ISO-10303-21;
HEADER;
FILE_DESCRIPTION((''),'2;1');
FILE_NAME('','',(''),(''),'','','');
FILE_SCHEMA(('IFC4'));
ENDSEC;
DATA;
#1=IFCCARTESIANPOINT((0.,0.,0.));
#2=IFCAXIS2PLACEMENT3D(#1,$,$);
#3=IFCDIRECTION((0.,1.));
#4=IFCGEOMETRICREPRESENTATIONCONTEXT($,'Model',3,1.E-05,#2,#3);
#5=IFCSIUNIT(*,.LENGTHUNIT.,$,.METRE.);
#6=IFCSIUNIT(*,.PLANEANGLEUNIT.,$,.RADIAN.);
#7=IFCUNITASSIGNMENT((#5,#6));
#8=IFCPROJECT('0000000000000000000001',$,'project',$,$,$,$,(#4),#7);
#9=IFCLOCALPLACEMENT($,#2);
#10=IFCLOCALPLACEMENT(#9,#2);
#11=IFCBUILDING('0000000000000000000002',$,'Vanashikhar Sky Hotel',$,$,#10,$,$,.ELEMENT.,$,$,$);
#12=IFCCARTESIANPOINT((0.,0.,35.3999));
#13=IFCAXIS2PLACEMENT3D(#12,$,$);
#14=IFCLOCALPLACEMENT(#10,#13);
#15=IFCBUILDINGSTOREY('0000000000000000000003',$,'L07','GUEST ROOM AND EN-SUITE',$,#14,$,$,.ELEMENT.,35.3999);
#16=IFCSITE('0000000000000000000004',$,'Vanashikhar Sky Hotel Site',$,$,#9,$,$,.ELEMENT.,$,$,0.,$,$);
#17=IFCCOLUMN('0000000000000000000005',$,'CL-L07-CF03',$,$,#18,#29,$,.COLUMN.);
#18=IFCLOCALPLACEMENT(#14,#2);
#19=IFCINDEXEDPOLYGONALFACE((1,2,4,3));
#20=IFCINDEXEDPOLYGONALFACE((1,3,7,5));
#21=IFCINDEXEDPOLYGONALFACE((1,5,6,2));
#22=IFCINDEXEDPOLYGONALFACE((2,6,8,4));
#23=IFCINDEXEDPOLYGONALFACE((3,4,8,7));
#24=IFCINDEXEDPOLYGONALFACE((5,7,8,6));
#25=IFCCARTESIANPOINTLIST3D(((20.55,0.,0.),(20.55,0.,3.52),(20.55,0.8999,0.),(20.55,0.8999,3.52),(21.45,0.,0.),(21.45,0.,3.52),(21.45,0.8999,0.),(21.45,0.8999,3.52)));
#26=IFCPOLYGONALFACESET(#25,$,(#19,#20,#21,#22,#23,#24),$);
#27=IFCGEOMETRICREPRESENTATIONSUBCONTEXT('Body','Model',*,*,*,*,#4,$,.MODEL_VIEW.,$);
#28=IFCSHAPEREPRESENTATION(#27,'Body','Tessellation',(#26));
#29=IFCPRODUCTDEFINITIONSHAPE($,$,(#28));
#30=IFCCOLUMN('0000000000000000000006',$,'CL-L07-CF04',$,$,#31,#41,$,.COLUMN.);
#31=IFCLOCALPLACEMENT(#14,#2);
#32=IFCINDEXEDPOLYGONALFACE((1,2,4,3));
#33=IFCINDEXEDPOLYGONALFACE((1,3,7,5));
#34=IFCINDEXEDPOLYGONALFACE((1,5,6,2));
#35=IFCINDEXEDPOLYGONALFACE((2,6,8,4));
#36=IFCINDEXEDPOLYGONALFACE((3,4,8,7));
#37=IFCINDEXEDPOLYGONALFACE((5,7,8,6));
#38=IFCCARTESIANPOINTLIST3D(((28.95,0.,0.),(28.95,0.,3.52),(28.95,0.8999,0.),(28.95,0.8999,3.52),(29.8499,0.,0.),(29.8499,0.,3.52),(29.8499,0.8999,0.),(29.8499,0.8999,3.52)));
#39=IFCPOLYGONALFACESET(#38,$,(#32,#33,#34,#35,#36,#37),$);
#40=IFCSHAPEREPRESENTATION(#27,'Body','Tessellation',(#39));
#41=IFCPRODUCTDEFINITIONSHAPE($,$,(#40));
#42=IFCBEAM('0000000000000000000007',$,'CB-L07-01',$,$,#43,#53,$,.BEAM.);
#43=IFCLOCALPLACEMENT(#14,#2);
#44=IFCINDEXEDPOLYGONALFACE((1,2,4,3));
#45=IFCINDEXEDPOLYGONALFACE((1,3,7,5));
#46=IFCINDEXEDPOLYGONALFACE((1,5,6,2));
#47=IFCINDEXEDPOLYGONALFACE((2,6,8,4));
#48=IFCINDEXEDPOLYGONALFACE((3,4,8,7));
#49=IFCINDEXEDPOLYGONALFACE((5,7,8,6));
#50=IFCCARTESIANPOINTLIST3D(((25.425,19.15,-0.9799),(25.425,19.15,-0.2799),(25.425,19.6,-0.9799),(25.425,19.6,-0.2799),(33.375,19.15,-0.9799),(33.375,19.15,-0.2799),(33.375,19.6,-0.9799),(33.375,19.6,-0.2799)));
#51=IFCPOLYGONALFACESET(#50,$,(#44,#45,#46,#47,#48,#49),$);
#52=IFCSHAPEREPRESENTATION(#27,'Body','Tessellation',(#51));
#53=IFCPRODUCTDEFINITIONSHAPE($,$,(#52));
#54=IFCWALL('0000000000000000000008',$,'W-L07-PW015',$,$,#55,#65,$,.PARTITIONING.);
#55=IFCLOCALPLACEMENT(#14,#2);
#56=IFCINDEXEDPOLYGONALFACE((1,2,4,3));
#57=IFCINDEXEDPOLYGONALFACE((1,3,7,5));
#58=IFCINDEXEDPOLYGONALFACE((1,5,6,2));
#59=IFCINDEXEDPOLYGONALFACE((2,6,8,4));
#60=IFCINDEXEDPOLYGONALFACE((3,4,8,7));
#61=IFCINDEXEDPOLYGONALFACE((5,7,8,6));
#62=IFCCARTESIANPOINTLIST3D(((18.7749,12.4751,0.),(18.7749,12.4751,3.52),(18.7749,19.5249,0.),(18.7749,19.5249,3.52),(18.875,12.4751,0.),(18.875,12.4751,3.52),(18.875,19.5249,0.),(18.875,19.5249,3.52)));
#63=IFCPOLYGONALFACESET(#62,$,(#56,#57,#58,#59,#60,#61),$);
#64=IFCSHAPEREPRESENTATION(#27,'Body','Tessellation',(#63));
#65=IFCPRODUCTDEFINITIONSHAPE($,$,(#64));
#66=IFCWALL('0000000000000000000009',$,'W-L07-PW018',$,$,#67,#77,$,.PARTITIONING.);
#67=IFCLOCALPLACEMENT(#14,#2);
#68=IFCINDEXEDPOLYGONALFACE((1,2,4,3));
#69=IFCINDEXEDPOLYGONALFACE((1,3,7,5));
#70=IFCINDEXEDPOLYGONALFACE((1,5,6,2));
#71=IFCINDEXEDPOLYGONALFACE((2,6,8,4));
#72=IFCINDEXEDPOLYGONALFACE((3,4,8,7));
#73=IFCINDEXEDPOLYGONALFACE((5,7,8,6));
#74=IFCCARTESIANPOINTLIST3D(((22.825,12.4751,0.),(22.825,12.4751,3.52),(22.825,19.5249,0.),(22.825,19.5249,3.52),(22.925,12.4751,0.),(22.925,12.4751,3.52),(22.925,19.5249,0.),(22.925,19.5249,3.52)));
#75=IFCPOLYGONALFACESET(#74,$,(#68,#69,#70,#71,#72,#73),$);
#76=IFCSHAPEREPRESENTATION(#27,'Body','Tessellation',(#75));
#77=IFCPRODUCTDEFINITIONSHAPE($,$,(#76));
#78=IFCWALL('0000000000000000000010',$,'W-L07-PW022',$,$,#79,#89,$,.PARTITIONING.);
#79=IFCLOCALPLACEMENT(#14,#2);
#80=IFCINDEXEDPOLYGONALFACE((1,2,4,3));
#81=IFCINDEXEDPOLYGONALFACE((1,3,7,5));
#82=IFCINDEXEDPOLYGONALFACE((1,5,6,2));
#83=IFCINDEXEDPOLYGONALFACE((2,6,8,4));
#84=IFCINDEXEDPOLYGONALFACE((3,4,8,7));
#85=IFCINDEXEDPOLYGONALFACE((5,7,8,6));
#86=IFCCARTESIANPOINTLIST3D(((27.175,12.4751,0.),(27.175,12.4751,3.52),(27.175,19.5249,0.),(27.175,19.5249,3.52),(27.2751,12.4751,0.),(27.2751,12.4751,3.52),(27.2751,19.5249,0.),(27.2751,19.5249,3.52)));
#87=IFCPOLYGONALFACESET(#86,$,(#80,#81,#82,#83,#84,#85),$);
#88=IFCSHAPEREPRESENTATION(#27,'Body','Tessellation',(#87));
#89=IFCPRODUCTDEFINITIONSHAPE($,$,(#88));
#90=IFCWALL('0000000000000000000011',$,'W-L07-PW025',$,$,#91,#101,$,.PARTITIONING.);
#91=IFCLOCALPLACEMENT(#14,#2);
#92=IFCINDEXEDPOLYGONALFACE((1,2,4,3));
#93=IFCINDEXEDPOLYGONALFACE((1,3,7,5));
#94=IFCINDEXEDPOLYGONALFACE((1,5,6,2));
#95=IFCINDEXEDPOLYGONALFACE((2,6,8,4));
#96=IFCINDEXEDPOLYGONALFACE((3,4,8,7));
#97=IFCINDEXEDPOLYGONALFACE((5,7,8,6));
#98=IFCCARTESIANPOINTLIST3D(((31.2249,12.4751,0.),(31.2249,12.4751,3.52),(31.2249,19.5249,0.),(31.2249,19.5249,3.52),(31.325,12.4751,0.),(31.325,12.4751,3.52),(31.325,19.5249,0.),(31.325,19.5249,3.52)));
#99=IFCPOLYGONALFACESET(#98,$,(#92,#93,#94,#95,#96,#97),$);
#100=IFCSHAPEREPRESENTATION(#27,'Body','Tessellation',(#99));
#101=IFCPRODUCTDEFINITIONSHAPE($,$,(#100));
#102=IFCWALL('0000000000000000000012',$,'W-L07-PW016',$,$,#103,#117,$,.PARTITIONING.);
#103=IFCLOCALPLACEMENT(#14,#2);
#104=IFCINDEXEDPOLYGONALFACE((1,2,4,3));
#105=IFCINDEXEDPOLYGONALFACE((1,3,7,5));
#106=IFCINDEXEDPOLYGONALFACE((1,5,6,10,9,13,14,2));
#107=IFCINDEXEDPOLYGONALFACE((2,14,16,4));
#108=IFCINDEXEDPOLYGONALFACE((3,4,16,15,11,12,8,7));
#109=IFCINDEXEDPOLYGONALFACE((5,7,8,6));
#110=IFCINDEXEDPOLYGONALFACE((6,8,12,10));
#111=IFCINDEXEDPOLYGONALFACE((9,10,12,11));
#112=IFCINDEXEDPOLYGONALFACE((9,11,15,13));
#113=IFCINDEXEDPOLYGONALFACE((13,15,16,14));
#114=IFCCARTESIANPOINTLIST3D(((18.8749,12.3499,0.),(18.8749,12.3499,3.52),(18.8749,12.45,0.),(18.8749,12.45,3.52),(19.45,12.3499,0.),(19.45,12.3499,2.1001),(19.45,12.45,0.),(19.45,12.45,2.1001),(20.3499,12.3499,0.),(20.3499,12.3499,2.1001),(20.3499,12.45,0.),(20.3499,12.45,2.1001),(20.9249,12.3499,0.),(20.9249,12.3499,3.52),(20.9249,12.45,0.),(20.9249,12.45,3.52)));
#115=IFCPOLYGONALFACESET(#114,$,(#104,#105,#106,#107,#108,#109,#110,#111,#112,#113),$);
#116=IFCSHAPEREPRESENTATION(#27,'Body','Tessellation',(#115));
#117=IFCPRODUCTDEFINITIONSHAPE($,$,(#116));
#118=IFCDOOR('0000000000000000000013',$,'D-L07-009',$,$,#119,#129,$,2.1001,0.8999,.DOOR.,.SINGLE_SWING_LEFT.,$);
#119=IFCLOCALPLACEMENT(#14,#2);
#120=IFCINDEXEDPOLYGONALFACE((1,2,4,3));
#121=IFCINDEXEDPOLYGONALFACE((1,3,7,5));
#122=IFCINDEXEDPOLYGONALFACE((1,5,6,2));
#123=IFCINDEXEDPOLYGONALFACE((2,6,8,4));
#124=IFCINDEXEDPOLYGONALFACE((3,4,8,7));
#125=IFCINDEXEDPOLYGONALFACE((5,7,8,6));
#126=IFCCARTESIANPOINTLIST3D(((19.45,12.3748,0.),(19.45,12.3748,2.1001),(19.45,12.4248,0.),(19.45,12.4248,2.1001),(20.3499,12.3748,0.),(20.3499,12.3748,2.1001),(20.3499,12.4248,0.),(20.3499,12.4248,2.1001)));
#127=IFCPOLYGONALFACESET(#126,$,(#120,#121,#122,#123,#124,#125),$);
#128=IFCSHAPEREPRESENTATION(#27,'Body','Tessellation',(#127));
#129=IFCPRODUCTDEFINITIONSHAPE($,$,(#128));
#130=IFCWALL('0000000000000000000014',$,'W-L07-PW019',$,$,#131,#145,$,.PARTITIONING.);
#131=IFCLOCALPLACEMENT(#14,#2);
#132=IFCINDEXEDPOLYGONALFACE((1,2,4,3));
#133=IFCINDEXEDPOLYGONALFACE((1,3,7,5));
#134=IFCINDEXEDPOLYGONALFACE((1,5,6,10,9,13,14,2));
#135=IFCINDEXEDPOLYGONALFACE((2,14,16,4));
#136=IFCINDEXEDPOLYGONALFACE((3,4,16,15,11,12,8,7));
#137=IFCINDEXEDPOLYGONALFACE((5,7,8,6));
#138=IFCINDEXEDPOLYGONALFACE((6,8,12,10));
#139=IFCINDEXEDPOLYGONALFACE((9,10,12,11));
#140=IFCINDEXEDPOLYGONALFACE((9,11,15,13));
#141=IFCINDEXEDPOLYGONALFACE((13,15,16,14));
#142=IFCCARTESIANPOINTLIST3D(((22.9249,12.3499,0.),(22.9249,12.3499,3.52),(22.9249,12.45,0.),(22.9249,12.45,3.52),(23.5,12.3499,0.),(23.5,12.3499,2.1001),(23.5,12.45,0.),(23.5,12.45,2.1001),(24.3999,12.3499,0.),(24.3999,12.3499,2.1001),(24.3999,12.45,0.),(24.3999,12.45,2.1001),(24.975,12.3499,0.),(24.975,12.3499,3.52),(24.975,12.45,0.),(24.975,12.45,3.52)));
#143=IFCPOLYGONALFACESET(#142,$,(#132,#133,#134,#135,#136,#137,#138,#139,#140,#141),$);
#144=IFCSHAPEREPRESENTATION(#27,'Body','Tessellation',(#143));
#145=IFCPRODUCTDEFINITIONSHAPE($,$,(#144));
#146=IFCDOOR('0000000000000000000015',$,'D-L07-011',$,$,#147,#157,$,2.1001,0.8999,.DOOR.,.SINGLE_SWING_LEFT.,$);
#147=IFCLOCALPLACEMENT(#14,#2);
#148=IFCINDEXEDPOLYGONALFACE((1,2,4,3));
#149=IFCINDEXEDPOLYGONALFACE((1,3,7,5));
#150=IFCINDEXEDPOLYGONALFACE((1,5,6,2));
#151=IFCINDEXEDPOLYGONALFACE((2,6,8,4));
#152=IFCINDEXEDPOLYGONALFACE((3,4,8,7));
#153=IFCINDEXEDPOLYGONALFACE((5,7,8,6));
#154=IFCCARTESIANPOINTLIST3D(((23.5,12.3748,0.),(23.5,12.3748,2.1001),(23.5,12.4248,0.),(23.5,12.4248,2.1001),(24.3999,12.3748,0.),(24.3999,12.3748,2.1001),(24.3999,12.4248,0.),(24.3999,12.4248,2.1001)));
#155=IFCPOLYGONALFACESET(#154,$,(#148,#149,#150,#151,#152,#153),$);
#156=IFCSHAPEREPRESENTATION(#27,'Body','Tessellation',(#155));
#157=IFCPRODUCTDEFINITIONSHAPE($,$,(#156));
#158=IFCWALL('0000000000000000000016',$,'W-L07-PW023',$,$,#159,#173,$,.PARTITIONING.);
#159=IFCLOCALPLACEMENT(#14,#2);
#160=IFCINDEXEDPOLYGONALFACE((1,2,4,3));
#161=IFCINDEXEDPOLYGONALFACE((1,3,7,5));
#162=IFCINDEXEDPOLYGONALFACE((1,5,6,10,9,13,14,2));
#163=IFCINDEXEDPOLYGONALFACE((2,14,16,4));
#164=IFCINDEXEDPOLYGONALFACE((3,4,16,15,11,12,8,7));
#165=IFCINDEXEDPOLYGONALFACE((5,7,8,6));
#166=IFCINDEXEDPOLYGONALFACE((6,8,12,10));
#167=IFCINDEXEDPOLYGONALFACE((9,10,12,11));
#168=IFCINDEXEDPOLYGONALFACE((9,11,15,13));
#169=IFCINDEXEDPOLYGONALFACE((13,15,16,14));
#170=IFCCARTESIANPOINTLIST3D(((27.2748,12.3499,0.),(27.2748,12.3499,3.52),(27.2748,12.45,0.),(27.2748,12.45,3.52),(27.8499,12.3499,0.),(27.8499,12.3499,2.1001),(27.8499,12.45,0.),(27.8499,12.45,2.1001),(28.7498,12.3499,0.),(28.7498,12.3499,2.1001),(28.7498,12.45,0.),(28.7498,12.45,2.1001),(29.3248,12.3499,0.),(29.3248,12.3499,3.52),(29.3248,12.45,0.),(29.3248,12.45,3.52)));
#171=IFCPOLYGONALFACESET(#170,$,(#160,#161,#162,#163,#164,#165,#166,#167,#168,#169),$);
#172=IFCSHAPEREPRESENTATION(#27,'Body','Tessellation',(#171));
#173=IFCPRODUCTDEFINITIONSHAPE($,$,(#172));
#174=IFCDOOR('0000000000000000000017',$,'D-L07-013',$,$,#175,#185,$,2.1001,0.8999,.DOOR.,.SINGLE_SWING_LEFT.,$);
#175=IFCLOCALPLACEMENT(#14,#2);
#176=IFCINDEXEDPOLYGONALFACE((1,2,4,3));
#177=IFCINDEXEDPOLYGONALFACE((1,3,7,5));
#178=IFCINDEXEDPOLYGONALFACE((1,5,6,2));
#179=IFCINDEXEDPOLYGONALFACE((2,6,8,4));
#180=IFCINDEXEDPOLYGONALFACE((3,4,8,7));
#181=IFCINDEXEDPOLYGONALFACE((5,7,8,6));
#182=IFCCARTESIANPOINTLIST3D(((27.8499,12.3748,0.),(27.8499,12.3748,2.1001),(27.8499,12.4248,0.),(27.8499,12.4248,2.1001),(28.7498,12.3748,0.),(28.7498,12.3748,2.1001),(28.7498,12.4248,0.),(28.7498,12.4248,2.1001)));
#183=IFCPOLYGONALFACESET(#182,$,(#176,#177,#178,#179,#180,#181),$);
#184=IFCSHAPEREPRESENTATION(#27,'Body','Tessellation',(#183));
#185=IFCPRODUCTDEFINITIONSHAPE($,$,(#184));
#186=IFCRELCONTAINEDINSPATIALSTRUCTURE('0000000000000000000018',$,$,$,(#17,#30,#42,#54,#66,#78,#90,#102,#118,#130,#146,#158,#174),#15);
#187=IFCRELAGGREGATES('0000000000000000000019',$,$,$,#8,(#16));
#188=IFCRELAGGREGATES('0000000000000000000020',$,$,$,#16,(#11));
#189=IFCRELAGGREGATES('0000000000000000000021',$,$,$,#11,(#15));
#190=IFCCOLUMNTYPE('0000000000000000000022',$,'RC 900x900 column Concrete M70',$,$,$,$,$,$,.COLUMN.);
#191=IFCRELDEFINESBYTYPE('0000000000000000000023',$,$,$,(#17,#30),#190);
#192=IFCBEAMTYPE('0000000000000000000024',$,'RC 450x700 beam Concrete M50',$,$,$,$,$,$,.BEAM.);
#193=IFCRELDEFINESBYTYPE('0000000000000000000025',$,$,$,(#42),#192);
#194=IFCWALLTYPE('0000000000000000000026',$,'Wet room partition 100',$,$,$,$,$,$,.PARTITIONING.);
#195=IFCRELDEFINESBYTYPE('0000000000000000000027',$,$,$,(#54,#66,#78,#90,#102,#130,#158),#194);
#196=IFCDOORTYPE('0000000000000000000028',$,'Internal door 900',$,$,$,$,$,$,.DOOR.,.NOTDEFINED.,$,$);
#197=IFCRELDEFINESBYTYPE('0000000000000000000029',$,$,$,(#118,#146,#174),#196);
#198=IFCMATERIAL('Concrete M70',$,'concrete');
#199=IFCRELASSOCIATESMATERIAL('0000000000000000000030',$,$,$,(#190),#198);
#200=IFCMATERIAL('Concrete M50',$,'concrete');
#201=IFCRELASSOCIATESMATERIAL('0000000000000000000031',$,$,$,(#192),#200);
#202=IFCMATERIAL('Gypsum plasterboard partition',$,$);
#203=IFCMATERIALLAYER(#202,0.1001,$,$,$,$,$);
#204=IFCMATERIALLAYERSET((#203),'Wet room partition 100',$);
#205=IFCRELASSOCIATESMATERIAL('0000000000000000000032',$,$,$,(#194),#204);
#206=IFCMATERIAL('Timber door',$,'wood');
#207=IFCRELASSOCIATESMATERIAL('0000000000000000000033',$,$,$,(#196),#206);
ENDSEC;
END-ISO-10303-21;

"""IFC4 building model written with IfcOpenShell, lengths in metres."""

from ifc_helpers import new_model, si_unit, direction, frame, frame_2d, origin, origin_2d, place, context, subcontext, project, spatial, rectangle, extrude, source, transform, mapped, material, layer, layer_set, material_profile, profile_set, type_object, element, fill, save


model = new_model("IFC4")

# Units and contexts
model_context = context("Model", 3, precision=1e-05, world=origin(), true_north=direction((0.0, 1.0)))
body_context = subcontext(model_context, "Body", "Model", "MODEL_VIEW")
ifc_project = project(units=[si_unit("LENGTHUNIT", "METRE"), si_unit("PLANEANGLEUNIT", "RADIAN")], contexts=[model_context])

# Site, building, storey
site_placement = place(None, origin())
site = spatial("IfcSite", under=ifc_project, at=site_placement, Name="Vanashikhar Sky Hotel Site", CompositionType="ELEMENT", RefElevation=0.0)
building_placement = place(site_placement, origin())
building = spatial("IfcBuilding", under=site, at=building_placement, Name="Vanashikhar Sky Hotel", CompositionType="ELEMENT")
storey_placement = place(building_placement, frame((0.0, 0.0, 35.3999)))
storey = spatial("IfcBuildingStorey", under=building, at=storey_placement, Name="L07", Description="GUEST ROOM AND EN-SUITE", CompositionType="ELEMENT", Elevation=35.3999)

# Columns
ifc_material_1 = material(Name="Concrete M70", Category="concrete")
ifc_material_profile_1 = material_profile(ifc_material_1, rectangle(XDim=0.8999, YDim=0.8999, at=origin_2d()))
ifc_profile_set_1 = profile_set([ifc_material_profile_1], Name="RC 900x900 column Concrete M70")
column_type = type_object("IfcColumnType", Name="RC 900x900 column Concrete M70", PredefinedType="COLUMN", material=ifc_profile_set_1)
shared_shape_1 = source(origin(), body_context, "Body", "SweptSolid", [
    extrude(rectangle(XDim=0.8999, YDim=0.8999, at=origin_2d()), origin(), (0.0, 0.0, 1.0), 3.52),
])
for number, where, z_axis, x_axis, name in (
    (1, (21.0, 0.45, 0.0), (0.0, 0.0, 1.0), (1.0, 0.0, 0.0), "CL-L07-CF03"),
    (2, (29.3999, 0.45, 0.0), (0.0, 0.0, 1.0), (1.0, 0.0, 0.0), "CL-L07-CF04"),
):
    element("IfcColumn", number, at=place(storey_placement, frame(where, z_axis=z_axis, x_axis=x_axis)), inside=storey, type_object=column_type, Name=name, PredefinedType="COLUMN", context=body_context, shape_type="MappedRepresentation", body=[
        mapped(shared_shape_1, transform((0.0, 0.0, 0.0), scale=1.0)),
    ])

# Beam
ifc_material_2 = material(Name="Concrete M50", Category="concrete")
ifc_material_profile_2 = material_profile(ifc_material_2, rectangle(XDim=0.45, YDim=0.7, at=origin_2d()))
ifc_profile_set_2 = profile_set([ifc_material_profile_2], Name="RC 450x700 beam Concrete M50")
beam_type = type_object("IfcBeamType", Name="RC 450x700 beam Concrete M50", PredefinedType="BEAM", material=ifc_profile_set_2)
shared_shape_2 = source(origin(), body_context, "Body", "SweptSolid", [
    extrude(rectangle(XDim=0.45, YDim=0.7, at=origin_2d()), origin(), (0.0, 0.0, 1.0), 7.95),
])
beam_placement = place(storey_placement, frame((25.425, 19.375, -0.6299), z_axis=(1.0, 0.0, 0.0), x_axis=(0.0, 1.0, 0.0)))
element("IfcBeam", 3, at=beam_placement, inside=storey, type_object=beam_type, Name="CB-L07-01", PredefinedType="BEAM", context=body_context, shape_type="MappedRepresentation", body=[
    mapped(shared_shape_2, transform((0.0, 0.0, 0.0), scale=1.0)),
])

# Walls
ifc_material_3 = material(Name="Gypsum plasterboard partition")
ifc_layer_1 = layer(ifc_material_3, 0.1001)
ifc_layer_set_1 = layer_set([ifc_layer_1], Name="Wet room partition 100")
wall_type_1 = type_object("IfcWallType", Name="Wet room partition 100", PredefinedType="PARTITIONING", material=ifc_layer_set_1)
shared_shape_3 = source(origin(), body_context, "Body", "SweptSolid", [
    extrude(rectangle(XDim=7.0498, YDim=0.1001, at=frame_2d((3.5249, 0.0))), origin(), (0.0, 0.0, 1.0), 3.52),
])
for number, where, z_axis, x_axis, name in (
    (4, (18.825, 12.4751, 0.0), (0.0, 0.0, 1.0), (0.0, 1.0, 0.0), "W-L07-PW015"),
    (5, (22.875, 12.4751, 0.0), (0.0, 0.0, 1.0), (0.0, 1.0, 0.0), "W-L07-PW018"),
    (6, (27.2251, 12.4751, 0.0), (0.0, 0.0, 1.0), (0.0, 1.0, 0.0), "W-L07-PW022"),
    (7, (31.2749, 12.4751, 0.0), (0.0, 0.0, 1.0), (0.0, 1.0, 0.0), "W-L07-PW025"),
):
    element("IfcWall", number, at=place(storey_placement, frame(where, z_axis=z_axis, x_axis=x_axis)), inside=storey, type_object=wall_type_1, Name=name, PredefinedType="PARTITIONING", context=body_context, shape_type="MappedRepresentation", body=[
        mapped(shared_shape_3, transform((0.0, 0.0, 0.0), scale=1.0)),
    ])

# Walls, openings, doors
shared_shape_4 = source(origin(), body_context, "Body", "SweptSolid", [
    extrude(rectangle(XDim=2.05, YDim=0.1001, at=frame_2d((1.0249, 0.0))), origin(), (0.0, 0.0, 1.0), 3.52),
])
wall_1_placement = place(storey_placement, frame((18.875, 12.3999, 0.0), z_axis=(0.0, 0.0, 1.0), x_axis=(1.0, 0.0, 0.0)))
wall_1 = element("IfcWall", 8, at=wall_1_placement, inside=storey, type_object=wall_type_1, Name="W-L07-PW016", PredefinedType="PARTITIONING", context=body_context, shape_type="MappedRepresentation", body=[
    mapped(shared_shape_4, transform((0.0, 0.0, 0.0), scale=1.0)),
])
shared_shape_5 = source(origin(), body_context, "Body", "SweptSolid", [
    extrude(rectangle(XDim=0.8999, YDim=2.1001, at=frame_2d((0.45, 1.05))), frame((0.0, 0.0601, 0.0), z_axis=(0.0, -1.0, 0.0), x_axis=(1.0, 0.0, 0.0)), (0.0, 0.0, 1.0), 0.1201),
])
opening_1_placement = place(wall_1_placement, frame((0.575, 0.0, 0.0)))
opening_1 = element("IfcOpeningElement", 9, at=opening_1_placement, cuts=wall_1, PredefinedType="OPENING", context=body_context, shape_type="MappedRepresentation", body=[
    mapped(shared_shape_5, transform((0.0, 0.0, 0.0), scale=1.0)),
])
ifc_material_4 = material(Name="Timber door", Category="wood")
door_type_1 = type_object("IfcDoorType", Name="Internal door 900", OperationType="NOTDEFINED", PredefinedType="DOOR", material=ifc_material_4)
shared_shape_6 = source(origin(), body_context, "Body", "SweptSolid", [
    extrude(rectangle(XDim=0.8999, YDim=2.1001, at=frame_2d((0.45, 1.05))), frame((0.0, 0.0249, 0.0), z_axis=(0.0, -1.0, 0.0), x_axis=(1.0, 0.0, 0.0)), (0.0, 0.0, 1.0), 0.05),
])
door_1_placement = place(opening_1_placement, origin())
door_1 = element("IfcDoor", 10, at=door_1_placement, inside=storey, type_object=door_type_1, Name="D-L07-009", OperationType="SINGLE_SWING_LEFT", OverallHeight=2.1001, OverallWidth=0.8999, PredefinedType="DOOR", context=body_context, shape_type="MappedRepresentation", body=[
    mapped(shared_shape_6, transform((0.0, 0.0, 0.0), scale=1.0)),
])
fill(opening_1, door_1)
wall_2_placement = place(storey_placement, frame((22.925, 12.3999, 0.0), z_axis=(0.0, 0.0, 1.0), x_axis=(1.0, 0.0, 0.0)))
wall_2 = element("IfcWall", 11, at=wall_2_placement, inside=storey, type_object=wall_type_1, Name="W-L07-PW019", PredefinedType="PARTITIONING", context=body_context, shape_type="MappedRepresentation", body=[
    mapped(shared_shape_4, transform((0.0, 0.0, 0.0), scale=1.0)),
])
opening_2_placement = place(wall_2_placement, frame((0.575, 0.0, 0.0)))
opening_2 = element("IfcOpeningElement", 12, at=opening_2_placement, cuts=wall_2, PredefinedType="OPENING", context=body_context, shape_type="MappedRepresentation", body=[
    mapped(shared_shape_5, transform((0.0, 0.0, 0.0), scale=1.0)),
])
door_2_placement = place(opening_2_placement, origin())
door_2 = element("IfcDoor", 13, at=door_2_placement, inside=storey, type_object=door_type_1, Name="D-L07-011", OperationType="SINGLE_SWING_LEFT", OverallHeight=2.1001, OverallWidth=0.8999, PredefinedType="DOOR", context=body_context, shape_type="MappedRepresentation", body=[
    mapped(shared_shape_6, transform((0.0, 0.0, 0.0), scale=1.0)),
])
fill(opening_2, door_2)
wall_3_placement = place(storey_placement, frame((27.2749, 12.3999, 0.0), z_axis=(0.0, 0.0, 1.0), x_axis=(1.0, 0.0, 0.0)))
wall_3 = element("IfcWall", 14, at=wall_3_placement, inside=storey, type_object=wall_type_1, Name="W-L07-PW023", PredefinedType="PARTITIONING", context=body_context, shape_type="MappedRepresentation", body=[
    mapped(shared_shape_4, transform((0.0, 0.0, 0.0), scale=1.0)),
])
opening_3_placement = place(wall_3_placement, frame((0.575, 0.0, 0.0)))
opening_3 = element("IfcOpeningElement", 15, at=opening_3_placement, cuts=wall_3, PredefinedType="OPENING", context=body_context, shape_type="MappedRepresentation", body=[
    mapped(shared_shape_5, transform((0.0, 0.0, 0.0), scale=1.0)),
])
door_3_placement = place(opening_3_placement, origin())
door_3 = element("IfcDoor", 16, at=door_3_placement, inside=storey, type_object=door_type_1, Name="D-L07-013", OperationType="SINGLE_SWING_LEFT", OverallHeight=2.1001, OverallWidth=0.8999, PredefinedType="DOOR", context=body_context, shape_type="MappedRepresentation", body=[
    mapped(shared_shape_6, transform((0.0, 0.0, 0.0), scale=1.0)),
])
fill(opening_3, door_3)

save(model, "model.ifc")
